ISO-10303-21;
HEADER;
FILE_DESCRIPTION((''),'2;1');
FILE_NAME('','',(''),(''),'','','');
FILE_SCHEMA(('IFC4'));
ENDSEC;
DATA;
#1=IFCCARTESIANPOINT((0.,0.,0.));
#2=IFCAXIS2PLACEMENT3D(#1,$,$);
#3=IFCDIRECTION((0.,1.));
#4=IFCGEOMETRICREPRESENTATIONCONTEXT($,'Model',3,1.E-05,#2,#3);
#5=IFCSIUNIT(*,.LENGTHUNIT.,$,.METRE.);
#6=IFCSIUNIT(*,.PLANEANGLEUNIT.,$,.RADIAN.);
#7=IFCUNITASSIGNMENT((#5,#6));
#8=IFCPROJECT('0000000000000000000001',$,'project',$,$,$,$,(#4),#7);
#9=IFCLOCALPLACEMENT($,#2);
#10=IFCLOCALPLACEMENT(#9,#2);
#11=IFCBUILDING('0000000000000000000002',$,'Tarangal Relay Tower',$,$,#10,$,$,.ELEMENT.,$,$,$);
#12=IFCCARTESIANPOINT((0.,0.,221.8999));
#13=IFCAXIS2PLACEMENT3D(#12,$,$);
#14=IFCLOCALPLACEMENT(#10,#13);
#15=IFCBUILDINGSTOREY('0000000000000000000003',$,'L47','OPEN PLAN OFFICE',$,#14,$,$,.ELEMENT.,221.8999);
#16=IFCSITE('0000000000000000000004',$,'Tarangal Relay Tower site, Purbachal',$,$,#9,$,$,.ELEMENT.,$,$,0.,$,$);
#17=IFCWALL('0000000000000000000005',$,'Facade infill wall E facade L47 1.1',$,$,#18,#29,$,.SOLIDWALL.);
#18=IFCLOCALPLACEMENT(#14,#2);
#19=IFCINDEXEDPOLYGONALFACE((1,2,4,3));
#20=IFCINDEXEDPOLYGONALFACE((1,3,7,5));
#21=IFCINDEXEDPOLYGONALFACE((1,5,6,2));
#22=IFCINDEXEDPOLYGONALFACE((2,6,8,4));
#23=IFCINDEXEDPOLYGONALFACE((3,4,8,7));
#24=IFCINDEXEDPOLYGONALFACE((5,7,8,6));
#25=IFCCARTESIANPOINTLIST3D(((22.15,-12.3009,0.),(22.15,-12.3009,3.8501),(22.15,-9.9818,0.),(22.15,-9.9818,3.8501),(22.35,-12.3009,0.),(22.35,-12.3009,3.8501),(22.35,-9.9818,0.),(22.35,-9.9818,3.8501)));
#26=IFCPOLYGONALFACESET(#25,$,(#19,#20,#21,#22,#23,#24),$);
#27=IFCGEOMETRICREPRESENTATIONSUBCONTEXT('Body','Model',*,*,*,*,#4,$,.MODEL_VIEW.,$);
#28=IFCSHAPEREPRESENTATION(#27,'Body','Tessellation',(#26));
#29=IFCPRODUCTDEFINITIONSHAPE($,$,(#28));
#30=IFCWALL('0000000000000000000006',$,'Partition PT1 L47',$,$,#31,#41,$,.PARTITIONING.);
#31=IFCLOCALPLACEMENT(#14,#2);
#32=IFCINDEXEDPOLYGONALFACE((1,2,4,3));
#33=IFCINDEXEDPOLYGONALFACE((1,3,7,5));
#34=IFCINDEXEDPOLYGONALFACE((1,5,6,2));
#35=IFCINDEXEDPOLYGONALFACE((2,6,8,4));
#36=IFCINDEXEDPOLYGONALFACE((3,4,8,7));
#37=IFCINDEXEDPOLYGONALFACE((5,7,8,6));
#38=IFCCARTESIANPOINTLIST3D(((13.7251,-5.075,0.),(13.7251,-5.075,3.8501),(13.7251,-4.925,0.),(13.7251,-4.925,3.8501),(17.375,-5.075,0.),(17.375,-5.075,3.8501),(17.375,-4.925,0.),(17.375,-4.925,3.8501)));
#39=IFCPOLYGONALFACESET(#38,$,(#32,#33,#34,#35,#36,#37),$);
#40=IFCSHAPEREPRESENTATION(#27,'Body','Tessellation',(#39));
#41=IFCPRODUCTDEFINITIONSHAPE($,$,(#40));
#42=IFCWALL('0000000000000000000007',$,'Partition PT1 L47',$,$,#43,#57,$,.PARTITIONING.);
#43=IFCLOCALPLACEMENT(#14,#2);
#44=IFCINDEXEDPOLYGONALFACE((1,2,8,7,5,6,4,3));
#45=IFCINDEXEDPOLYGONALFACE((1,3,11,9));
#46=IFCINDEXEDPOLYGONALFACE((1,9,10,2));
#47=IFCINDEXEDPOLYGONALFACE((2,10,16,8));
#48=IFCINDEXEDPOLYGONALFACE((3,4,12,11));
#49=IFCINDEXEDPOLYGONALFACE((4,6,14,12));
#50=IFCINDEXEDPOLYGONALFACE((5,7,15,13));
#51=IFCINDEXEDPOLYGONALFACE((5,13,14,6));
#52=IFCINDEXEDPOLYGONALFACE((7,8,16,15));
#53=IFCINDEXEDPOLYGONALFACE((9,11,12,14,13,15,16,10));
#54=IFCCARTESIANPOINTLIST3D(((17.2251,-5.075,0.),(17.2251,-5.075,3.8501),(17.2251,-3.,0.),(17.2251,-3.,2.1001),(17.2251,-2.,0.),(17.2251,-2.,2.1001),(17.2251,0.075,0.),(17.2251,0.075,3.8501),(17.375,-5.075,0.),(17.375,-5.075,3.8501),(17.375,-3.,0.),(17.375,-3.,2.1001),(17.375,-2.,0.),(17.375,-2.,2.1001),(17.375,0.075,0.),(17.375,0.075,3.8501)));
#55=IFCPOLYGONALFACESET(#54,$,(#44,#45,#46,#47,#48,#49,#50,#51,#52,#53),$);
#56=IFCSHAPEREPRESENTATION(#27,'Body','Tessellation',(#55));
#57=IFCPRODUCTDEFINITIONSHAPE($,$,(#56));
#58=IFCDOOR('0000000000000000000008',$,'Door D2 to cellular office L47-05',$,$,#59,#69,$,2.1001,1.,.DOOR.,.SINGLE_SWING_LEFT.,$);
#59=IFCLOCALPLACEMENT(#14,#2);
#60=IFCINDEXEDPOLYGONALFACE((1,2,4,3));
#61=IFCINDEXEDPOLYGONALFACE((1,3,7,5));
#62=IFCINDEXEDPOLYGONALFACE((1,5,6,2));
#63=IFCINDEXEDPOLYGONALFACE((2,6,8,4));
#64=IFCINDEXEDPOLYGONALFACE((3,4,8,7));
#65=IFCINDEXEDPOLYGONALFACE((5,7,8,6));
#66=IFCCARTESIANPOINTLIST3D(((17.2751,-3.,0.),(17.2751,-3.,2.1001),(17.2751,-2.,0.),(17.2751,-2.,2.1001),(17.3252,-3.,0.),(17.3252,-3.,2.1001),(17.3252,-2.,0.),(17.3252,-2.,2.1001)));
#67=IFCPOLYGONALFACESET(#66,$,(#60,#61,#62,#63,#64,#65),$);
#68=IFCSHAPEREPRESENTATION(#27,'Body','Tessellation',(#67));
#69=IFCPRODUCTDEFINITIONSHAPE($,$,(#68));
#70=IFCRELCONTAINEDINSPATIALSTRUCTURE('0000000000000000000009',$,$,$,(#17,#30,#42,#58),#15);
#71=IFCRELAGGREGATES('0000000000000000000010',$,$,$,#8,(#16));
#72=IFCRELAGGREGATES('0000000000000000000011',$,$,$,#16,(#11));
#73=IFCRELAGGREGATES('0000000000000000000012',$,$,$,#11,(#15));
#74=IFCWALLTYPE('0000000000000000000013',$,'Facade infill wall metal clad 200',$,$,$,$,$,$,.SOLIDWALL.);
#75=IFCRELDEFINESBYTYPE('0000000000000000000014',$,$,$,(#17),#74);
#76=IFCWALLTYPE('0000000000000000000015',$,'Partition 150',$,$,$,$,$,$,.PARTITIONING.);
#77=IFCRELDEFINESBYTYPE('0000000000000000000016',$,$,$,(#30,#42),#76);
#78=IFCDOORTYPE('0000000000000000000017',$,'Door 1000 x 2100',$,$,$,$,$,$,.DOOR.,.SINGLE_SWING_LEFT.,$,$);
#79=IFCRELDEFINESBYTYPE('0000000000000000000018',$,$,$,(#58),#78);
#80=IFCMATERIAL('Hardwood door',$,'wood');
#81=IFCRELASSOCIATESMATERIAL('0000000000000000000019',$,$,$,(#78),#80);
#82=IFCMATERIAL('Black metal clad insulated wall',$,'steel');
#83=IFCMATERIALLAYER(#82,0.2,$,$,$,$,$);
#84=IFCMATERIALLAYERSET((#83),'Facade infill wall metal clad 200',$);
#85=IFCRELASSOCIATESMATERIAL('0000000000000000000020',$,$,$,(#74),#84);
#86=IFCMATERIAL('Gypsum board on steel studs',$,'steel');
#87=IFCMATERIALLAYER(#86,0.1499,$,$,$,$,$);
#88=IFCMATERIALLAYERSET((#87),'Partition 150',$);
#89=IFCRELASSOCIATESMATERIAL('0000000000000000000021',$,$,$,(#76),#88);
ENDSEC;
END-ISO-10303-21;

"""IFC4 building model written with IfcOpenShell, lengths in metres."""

from ifc_helpers import new_model, si_unit, direction, frame, frame_2d, origin, place, context, subcontext, project, spatial, rectangle, extrude, material, layer, layer_set, type_object, element, fill, save


model = new_model("IFC4")

# Units and contexts
model_context = context("Model", 3, precision=1e-05, world=origin(), true_north=direction((0.0, 1.0)))
body_context = subcontext(model_context, "Body", "Model", "MODEL_VIEW")
ifc_project = project(units=[si_unit("LENGTHUNIT", "METRE"), si_unit("PLANEANGLEUNIT", "RADIAN")], contexts=[model_context])

# Site, building, storey
site_placement = place(None, origin())
site = spatial("IfcSite", under=ifc_project, at=site_placement, Name="Tarangal Relay Tower site, Purbachal", CompositionType="ELEMENT", RefElevation=0.0)
building_placement = place(site_placement, origin())
building = spatial("IfcBuilding", under=site, at=building_placement, Name="Tarangal Relay Tower", CompositionType="ELEMENT")
storey_placement = place(building_placement, frame((0.0, 0.0, 221.8999)))
storey = spatial("IfcBuildingStorey", under=building, at=storey_placement, Name="L47", Description="OPEN PLAN OFFICE", CompositionType="ELEMENT", Elevation=221.8999)

# Shared definitions
ifc_material_1 = material(Name="Hardwood door", Category="wood")
door_type = type_object("IfcDoorType", Name="Door 1000 x 2100", OperationType="SINGLE_SWING_LEFT", PredefinedType="DOOR", material=ifc_material_1)

# Walls
ifc_material_2 = material(Name="Black metal clad insulated wall", Category="steel")
ifc_layer_1 = layer(ifc_material_2, 0.2)
ifc_layer_set_1 = layer_set([ifc_layer_1], Name="Facade infill wall metal clad 200")
wall_type_1 = type_object("IfcWallType", Name="Facade infill wall metal clad 200", PredefinedType="SOLIDWALL", material=ifc_layer_set_1)
wall_1_placement = place(storey_placement, frame((22.25, -9.9817, 0.0), z_axis=(0.0, 0.0, 1.0), x_axis=(0.0, -1.0, 0.0)))
element("IfcWall", 1, at=wall_1_placement, inside=storey, type_object=wall_type_1, Name="Facade infill wall E facade L47 1.1", PredefinedType="SOLIDWALL", context=body_context, shape_type="SweptSolid", body=[
    extrude(rectangle(XDim=2.3191, YDim=0.2, at=frame_2d((1.1597, 0.0))), origin(), (0.0, 0.0, 1.0), 3.8501),
])
ifc_material_3 = material(Name="Gypsum board on steel studs", Category="steel")
ifc_layer_2 = layer(ifc_material_3, 0.1499)
ifc_layer_set_2 = layer_set([ifc_layer_2], Name="Partition 150")
wall_type_2 = type_object("IfcWallType", Name="Partition 150", PredefinedType="PARTITIONING", material=ifc_layer_set_2)
wall_2_placement = place(storey_placement, frame((13.7251, -5.0, 0.0), z_axis=(0.0, 0.0, 1.0), x_axis=(1.0, 0.0, 0.0)))
element("IfcWall", 2, at=wall_2_placement, inside=storey, type_object=wall_type_2, Name="Partition PT1 L47", PredefinedType="PARTITIONING", context=body_context, shape_type="SweptSolid", body=[
    extrude(rectangle(XDim=3.6499, YDim=0.1499, at=frame_2d((1.825, 0.0))), origin(), (0.0, 0.0, 1.0), 3.8501),
])

# Wall, opening, door
wall_3_placement = place(storey_placement, frame((17.3, -5.075, 0.0), z_axis=(0.0, 0.0, 1.0), x_axis=(0.0, 1.0, 0.0)))
wall_3 = element("IfcWall", 3, at=wall_3_placement, inside=storey, type_object=wall_type_2, Name="Partition PT1 L47", PredefinedType="PARTITIONING", context=body_context, shape_type="SweptSolid", body=[
    extrude(rectangle(XDim=5.1499, YDim=0.1499, at=frame_2d((2.575, 0.0))), origin(), (0.0, 0.0, 1.0), 3.8501),
])
opening_1_placement = place(wall_3_placement, frame((2.075, 0.0, 0.0)))
opening_1 = element("IfcOpeningElement", 4, at=opening_1_placement, cuts=wall_3, PredefinedType="OPENING", context=body_context, shape_type="SweptSolid", body=[
    extrude(rectangle(XDim=1.0, YDim=2.1001, at=frame_2d((0.5, 1.05))), frame((0.0, 0.085, 0.0), z_axis=(0.0, -1.0, 0.0), x_axis=(1.0, 0.0, 0.0)), (0.0, 0.0, 1.0), 0.1699),
])
door_1_placement = place(opening_1_placement, origin())
door_1 = element("IfcDoor", 5, at=door_1_placement, inside=storey, type_object=door_type, Name="Door D2 to cellular office L47-05", OperationType="SINGLE_SWING_LEFT", OverallHeight=2.1001, OverallWidth=1.0, PredefinedType="DOOR", context=body_context, shape_type="SweptSolid", body=[
    extrude(rectangle(XDim=1.0, YDim=2.1001, at=frame_2d((0.5, 1.05))), frame((0.0, 0.0249, 0.0), z_axis=(0.0, -1.0, 0.0), x_axis=(1.0, 0.0, 0.0)), (0.0, 0.0, 1.0), 0.05),
])
fill(opening_1, door_1)

save(model, "model.ifc")
